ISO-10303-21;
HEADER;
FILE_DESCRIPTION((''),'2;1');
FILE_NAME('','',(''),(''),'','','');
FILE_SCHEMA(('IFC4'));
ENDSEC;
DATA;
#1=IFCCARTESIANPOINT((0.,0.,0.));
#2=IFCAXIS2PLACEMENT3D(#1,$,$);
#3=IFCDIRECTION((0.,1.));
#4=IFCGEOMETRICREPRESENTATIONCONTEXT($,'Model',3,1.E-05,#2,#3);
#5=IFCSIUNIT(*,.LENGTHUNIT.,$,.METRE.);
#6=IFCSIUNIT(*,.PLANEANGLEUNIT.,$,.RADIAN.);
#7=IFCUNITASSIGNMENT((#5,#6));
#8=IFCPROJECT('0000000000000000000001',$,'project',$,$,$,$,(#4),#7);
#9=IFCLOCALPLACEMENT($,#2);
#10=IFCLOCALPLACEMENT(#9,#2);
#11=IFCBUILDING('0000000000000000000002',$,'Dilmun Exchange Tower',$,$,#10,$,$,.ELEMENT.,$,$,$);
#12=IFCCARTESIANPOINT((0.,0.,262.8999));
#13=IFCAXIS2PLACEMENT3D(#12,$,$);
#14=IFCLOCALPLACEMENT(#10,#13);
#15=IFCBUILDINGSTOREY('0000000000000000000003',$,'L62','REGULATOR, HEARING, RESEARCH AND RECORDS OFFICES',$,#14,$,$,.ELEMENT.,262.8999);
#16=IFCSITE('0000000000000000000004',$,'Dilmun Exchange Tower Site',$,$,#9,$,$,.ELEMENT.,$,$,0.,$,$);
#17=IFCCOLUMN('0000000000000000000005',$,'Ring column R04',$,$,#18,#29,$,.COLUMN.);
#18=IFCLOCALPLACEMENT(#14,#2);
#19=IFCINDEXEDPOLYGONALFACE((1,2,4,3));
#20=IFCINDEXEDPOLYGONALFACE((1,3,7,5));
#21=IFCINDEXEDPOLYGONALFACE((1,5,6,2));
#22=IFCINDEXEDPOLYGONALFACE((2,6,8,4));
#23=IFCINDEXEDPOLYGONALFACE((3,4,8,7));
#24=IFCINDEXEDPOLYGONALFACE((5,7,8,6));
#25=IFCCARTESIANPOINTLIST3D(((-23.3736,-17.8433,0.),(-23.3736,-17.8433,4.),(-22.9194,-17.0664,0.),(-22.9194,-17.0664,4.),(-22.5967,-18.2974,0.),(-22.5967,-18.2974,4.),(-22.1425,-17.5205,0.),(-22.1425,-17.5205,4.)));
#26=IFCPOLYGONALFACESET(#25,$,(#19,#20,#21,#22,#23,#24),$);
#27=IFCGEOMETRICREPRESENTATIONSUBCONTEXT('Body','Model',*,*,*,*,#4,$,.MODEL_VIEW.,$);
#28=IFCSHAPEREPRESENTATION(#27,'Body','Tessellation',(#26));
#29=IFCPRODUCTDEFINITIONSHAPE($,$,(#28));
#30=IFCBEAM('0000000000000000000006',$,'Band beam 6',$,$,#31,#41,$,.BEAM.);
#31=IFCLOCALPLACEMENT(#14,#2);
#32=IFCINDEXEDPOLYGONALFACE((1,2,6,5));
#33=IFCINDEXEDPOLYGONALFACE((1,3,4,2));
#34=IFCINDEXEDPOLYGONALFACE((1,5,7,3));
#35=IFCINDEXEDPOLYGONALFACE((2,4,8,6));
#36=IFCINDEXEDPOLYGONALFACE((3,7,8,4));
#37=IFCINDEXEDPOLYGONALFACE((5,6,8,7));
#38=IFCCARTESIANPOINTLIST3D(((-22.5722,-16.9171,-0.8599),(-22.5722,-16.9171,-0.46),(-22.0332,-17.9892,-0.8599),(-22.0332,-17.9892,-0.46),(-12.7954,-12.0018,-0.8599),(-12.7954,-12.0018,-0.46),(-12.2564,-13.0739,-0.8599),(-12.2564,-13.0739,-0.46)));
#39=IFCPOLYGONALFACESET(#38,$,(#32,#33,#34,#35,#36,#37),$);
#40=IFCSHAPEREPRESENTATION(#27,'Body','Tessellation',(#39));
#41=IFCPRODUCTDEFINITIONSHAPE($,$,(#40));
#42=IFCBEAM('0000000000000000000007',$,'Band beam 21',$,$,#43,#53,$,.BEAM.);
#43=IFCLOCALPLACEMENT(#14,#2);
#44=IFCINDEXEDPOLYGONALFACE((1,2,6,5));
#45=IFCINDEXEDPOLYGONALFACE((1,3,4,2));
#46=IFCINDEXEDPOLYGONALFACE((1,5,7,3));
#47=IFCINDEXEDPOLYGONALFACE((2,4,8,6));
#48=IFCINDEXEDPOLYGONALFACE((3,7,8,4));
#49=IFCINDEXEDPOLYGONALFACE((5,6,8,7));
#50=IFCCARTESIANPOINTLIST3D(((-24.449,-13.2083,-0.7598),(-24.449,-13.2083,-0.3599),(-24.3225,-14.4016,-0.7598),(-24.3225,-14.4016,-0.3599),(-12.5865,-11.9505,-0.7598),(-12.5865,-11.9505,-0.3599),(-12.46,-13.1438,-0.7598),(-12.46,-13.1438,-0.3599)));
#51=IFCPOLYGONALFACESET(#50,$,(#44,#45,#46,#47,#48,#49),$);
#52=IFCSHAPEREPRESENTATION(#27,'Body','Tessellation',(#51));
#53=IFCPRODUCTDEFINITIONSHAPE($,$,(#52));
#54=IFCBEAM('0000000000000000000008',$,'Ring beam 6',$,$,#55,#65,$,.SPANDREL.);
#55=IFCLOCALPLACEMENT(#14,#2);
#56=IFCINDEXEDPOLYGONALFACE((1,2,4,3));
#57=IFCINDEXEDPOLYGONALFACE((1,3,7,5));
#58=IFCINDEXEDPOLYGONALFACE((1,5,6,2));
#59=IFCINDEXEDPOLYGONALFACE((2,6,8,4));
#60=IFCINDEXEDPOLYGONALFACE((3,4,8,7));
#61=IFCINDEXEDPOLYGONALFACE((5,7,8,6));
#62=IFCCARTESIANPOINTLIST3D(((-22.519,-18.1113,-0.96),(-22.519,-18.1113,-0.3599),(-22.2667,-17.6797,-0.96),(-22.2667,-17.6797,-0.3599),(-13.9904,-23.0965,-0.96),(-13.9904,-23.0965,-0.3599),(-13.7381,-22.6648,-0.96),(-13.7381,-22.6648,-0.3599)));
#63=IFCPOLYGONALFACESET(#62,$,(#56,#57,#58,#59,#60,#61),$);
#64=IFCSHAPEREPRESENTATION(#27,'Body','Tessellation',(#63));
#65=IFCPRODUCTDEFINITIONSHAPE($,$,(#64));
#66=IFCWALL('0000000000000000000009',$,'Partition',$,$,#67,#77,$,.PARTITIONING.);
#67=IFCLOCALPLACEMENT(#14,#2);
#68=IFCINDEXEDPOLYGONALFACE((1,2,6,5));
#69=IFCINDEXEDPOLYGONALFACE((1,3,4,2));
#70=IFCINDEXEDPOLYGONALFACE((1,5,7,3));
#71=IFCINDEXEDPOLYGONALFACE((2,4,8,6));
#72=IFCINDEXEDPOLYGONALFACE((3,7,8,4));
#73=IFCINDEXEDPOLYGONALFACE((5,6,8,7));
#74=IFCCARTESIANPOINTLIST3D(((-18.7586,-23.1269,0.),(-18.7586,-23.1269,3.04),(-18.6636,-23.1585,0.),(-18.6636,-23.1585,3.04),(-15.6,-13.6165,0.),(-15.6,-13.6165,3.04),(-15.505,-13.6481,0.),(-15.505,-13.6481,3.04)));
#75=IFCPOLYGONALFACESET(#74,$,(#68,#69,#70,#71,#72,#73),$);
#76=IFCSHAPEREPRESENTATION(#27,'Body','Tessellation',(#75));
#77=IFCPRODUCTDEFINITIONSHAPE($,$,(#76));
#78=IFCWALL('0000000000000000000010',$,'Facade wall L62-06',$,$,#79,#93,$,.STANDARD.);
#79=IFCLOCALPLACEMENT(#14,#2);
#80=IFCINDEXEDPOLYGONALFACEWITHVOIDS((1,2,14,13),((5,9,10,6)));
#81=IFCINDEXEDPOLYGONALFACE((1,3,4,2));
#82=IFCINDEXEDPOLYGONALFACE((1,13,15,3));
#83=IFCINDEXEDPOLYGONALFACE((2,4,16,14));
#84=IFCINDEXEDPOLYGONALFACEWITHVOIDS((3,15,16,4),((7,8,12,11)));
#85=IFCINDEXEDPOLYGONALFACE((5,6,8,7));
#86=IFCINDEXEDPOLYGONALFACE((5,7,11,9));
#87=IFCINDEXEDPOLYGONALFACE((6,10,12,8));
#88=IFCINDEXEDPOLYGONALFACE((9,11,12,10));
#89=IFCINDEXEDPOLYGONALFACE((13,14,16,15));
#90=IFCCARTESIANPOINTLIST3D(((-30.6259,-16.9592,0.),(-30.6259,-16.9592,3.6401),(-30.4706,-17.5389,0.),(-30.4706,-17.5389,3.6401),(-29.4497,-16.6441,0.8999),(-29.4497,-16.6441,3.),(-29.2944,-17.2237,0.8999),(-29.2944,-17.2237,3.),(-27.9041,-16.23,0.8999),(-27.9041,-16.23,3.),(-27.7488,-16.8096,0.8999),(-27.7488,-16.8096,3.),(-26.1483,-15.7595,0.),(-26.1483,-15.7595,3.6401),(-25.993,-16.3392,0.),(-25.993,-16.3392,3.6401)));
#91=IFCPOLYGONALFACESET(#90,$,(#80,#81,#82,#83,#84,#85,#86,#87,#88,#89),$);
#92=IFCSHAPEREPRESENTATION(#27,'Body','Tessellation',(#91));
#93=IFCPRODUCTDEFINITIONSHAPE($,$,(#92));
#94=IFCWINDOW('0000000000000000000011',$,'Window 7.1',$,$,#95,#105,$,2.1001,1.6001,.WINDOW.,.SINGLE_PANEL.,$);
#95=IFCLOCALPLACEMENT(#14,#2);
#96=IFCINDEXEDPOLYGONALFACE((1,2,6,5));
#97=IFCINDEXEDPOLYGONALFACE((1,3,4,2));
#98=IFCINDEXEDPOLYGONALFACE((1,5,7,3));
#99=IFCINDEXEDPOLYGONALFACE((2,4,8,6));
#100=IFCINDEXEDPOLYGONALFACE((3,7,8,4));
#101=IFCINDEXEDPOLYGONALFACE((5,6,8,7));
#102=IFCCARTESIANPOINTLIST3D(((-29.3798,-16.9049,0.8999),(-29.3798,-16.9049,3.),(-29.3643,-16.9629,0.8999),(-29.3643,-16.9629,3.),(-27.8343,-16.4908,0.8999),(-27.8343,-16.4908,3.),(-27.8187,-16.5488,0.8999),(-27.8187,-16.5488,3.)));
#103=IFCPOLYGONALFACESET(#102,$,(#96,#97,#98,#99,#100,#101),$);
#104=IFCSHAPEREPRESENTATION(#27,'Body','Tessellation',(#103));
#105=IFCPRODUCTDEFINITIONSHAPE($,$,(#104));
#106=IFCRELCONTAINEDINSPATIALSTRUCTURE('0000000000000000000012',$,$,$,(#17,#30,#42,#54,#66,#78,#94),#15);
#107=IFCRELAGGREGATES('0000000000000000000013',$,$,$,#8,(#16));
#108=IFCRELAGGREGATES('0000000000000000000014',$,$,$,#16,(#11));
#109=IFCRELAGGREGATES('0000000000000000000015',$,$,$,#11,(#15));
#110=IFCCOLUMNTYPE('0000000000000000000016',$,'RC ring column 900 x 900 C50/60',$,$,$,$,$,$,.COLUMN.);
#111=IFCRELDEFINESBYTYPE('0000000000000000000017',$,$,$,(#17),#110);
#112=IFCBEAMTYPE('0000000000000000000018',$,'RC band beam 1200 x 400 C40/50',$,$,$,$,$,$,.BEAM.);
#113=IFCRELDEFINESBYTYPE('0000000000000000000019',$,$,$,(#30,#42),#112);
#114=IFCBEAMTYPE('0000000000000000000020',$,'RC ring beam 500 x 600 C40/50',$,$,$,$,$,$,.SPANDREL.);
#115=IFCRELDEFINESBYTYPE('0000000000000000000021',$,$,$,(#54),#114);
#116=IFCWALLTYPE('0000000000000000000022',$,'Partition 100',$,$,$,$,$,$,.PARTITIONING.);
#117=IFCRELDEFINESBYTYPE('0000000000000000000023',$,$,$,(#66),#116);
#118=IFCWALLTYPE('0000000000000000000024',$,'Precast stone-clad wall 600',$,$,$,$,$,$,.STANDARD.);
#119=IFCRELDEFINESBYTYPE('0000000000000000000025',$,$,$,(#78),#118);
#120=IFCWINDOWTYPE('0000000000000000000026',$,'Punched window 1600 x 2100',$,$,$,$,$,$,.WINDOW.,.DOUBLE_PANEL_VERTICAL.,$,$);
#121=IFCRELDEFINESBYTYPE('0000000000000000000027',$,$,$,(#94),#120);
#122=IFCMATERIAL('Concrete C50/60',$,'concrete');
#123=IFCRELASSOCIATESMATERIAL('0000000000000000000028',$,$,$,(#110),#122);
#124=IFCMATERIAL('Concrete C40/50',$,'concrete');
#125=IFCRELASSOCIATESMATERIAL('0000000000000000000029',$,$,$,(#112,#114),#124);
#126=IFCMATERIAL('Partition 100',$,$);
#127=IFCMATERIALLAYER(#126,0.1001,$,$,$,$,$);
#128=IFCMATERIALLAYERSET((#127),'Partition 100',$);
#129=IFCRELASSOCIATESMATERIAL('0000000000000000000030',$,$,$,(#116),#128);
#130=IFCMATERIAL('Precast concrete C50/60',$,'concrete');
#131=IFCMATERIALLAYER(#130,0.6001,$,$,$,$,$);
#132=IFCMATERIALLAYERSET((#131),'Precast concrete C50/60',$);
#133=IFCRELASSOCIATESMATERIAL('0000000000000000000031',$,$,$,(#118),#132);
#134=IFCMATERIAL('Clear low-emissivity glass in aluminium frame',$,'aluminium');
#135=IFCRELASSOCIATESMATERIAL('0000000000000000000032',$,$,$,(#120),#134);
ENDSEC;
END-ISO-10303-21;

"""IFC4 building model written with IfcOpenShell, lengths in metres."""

from ifc_helpers import new_model, si_unit, direction, frame, frame_2d, origin, origin_2d, place, context, subcontext, project, spatial, rectangle, extrude, material, layer, layer_set, material_profile, profile_set, type_object, element, fill, save


model = new_model("IFC4")

# Units and contexts
model_context = context("Model", 3, precision=1e-05, world=origin(), true_north=direction((0.0, 1.0)))
body_context = subcontext(model_context, "Body", "Model", "MODEL_VIEW")
ifc_project = project(units=[si_unit("LENGTHUNIT", "METRE"), si_unit("PLANEANGLEUNIT", "RADIAN")], contexts=[model_context])

# Site, building, storey
site_placement = place(None, origin())
site = spatial("IfcSite", under=ifc_project, at=site_placement, Name="Dilmun Exchange Tower Site", CompositionType="ELEMENT", RefElevation=0.0)
building_placement = place(site_placement, origin())
building = spatial("IfcBuilding", under=site, at=building_placement, Name="Dilmun Exchange Tower", CompositionType="ELEMENT")
storey_placement = place(building_placement, frame((0.0, 0.0, 262.8999)))
storey = spatial("IfcBuildingStorey", under=building, at=storey_placement, Name="L62", Description="REGULATOR, HEARING, RESEARCH AND RECORDS OFFICES", CompositionType="ELEMENT", Elevation=262.8999)

# Column
ifc_material_1 = material(Name="Concrete C50/60", Category="concrete")
ifc_material_profile_1 = material_profile(ifc_material_1, rectangle(XDim=0.8999, YDim=0.8999, at=origin_2d()), Name="900 x 900")
ifc_profile_set_1 = profile_set([ifc_material_profile_1], Name="Concrete C50/60")
column_type = type_object("IfcColumnType", Name="RC ring column 900 x 900 C50/60", PredefinedType="COLUMN", material=ifc_profile_set_1)
column_placement = place(storey_placement, frame((-22.7581, -17.6819, 0.0), z_axis=(0.0, 0.0, 1.0), x_axis=(0.504644, 0.863328, 0.0)))
element("IfcColumn", 1, at=column_placement, inside=storey, type_object=column_type, Name="Ring column R04", PredefinedType="COLUMN", context=body_context, shape_type="SweptSolid", body=[
    extrude(rectangle(XDim=0.8999, YDim=0.8999, at=origin_2d()), origin(), (0.0, 0.0, 1.0), 4.0),
])

# Beams
ifc_material_2 = material(Name="Concrete C40/50", Category="concrete")
ifc_material_profile_2 = material_profile(ifc_material_2, rectangle(XDim=1.2, YDim=0.3999, at=origin_2d()), Name="1200 x 400")
ifc_profile_set_2 = profile_set([ifc_material_profile_2], Name="Concrete C40/50")
beam_type_1 = type_object("IfcBeamType", Name="RC band beam 1200 x 400 C40/50", PredefinedType="BEAM", material=ifc_profile_set_2)
beam_1_placement = place(storey_placement, frame((-22.3027, -17.4531, -0.6599), z_axis=(0.893443, 0.449176, 0.0), x_axis=(-0.449176, 0.893443, 0.0)))
element("IfcBeam", 2, at=beam_1_placement, inside=storey, type_object=beam_type_1, Name="Band beam 6", PredefinedType="BEAM", context=body_context, shape_type="SweptSolid", body=[
    extrude(rectangle(XDim=1.2, YDim=0.3999, at=origin_2d()), origin(), (0.0, 0.0, 1.0), 10.9429),
])
beam_2_placement = place(storey_placement, frame((-24.3857, -13.8049, -0.5598), z_axis=(0.994426, 0.105441, 0.0), x_axis=(-0.105441, 0.994426, 0.0)))
element("IfcBeam", 3, at=beam_2_placement, inside=storey, type_object=beam_type_1, Name="Band beam 21", PredefinedType="BEAM", context=body_context, shape_type="SweptSolid", body=[
    extrude(rectangle(XDim=1.2, YDim=0.3999, at=origin_2d()), origin(), (0.0, 0.0, 1.0), 11.929),
])
ifc_material_profile_3 = material_profile(ifc_material_2, rectangle(XDim=0.5, YDim=0.6001, at=origin_2d()), Name="500 x 600")
ifc_profile_set_3 = profile_set([ifc_material_profile_3], Name="Concrete C40/50")
beam_type_2 = type_object("IfcBeamType", Name="RC ring beam 500 x 600 C40/50", PredefinedType="SPANDREL", material=ifc_profile_set_3)
beam_3_placement = place(storey_placement, frame((-22.3928, -17.8955, -0.6599), z_axis=(0.863333, -0.504635, 0.0), x_axis=(0.504635, 0.863333, 0.0)))
element("IfcBeam", 4, at=beam_3_placement, inside=storey, type_object=beam_type_2, Name="Ring beam 6", PredefinedType="SPANDREL", context=body_context, shape_type="SweptSolid", body=[
    extrude(rectangle(XDim=0.5, YDim=0.6001, at=origin_2d()), origin(), (0.0, 0.0, 1.0), 9.8787),
])

# Wall
ifc_material_3 = material(Name="Partition 100")
ifc_layer_1 = layer(ifc_material_3, 0.1001)
ifc_layer_set_1 = layer_set([ifc_layer_1], Name="Partition 100")
wall_type_1 = type_object("IfcWallType", Name="Partition 100", PredefinedType="PARTITIONING", material=ifc_layer_set_1)
wall_1_placement = place(storey_placement, frame((-18.7112, -23.1428, 0.0), z_axis=(0.0, 0.0, 1.0), x_axis=(0.315197, 0.949026, 0.0)))
element("IfcWall", 5, at=wall_1_placement, inside=storey, type_object=wall_type_1, Name="Partition", PredefinedType="PARTITIONING", context=body_context, shape_type="SweptSolid", body=[
    extrude(rectangle(XDim=10.0212, YDim=0.1001, at=frame_2d((5.0107, 0.0))), origin(), (0.0, 0.0, 1.0), 3.04),
])

# Wall, opening, window
ifc_material_4 = material(Name="Precast concrete C50/60", Category="concrete")
ifc_layer_2 = layer(ifc_material_4, 0.6001)
ifc_layer_set_2 = layer_set([ifc_layer_2], Name="Precast concrete C50/60")
wall_type_2 = type_object("IfcWallType", Name="Precast stone-clad wall 600", PredefinedType="STANDARD", material=ifc_layer_set_2)
wall_2_placement = place(storey_placement, frame((-26.0706, -16.0493, 0.0), z_axis=(0.0, 0.0, 1.0), x_axis=(-0.965928, -0.25881, 0.0)))
wall_2 = element("IfcWall", 6, at=wall_2_placement, inside=storey, type_object=wall_type_2, Name="Facade wall L62-06", PredefinedType="STANDARD", context=body_context, shape_type="SweptSolid", body=[
    extrude(rectangle(XDim=4.6355, YDim=0.6001, at=frame_2d((2.3179, 0.0))), origin(), (0.0, 0.0, 1.0), 3.6401),
])
opening_1_placement = place(wall_2_placement, frame((1.8179, 0.0, 0.8999)))
opening_1 = element("IfcOpeningElement", 7, at=opening_1_placement, cuts=wall_2, PredefinedType="OPENING", context=body_context, shape_type="SweptSolid", body=[
    extrude(rectangle(XDim=1.6001, YDim=2.1001, at=frame_2d((0.8, 1.05))), frame((0.0, 0.3101, 0.0), z_axis=(0.0, -1.0, 0.0), x_axis=(1.0, 0.0, 0.0)), (0.0, 0.0, 1.0), 0.6201),
])
ifc_material_5 = material(Name="Clear low-emissivity glass in aluminium frame", Category="aluminium")
window_type_1 = type_object("IfcWindowType", Name="Punched window 1600 x 2100", PartitioningType="DOUBLE_PANEL_VERTICAL", PredefinedType="WINDOW", material=ifc_material_5)
window_1_placement = place(opening_1_placement, origin())
window_1 = element("IfcWindow", 8, at=window_1_placement, inside=storey, type_object=window_type_1, Name="Window 7.1", OverallHeight=2.1001, OverallWidth=1.6001, PartitioningType="SINGLE_PANEL", PredefinedType="WINDOW", context=body_context, shape_type="SweptSolid", body=[
    extrude(rectangle(XDim=1.6001, YDim=2.1001, at=frame_2d((0.8, 1.05))), frame((0.0, 0.03, 0.0), z_axis=(0.0, -1.0, 0.0), x_axis=(1.0, 0.0, 0.0)), (0.0, 0.0, 1.0), 0.0601),
])
fill(opening_1, window_1)

save(model, "model.ifc")
